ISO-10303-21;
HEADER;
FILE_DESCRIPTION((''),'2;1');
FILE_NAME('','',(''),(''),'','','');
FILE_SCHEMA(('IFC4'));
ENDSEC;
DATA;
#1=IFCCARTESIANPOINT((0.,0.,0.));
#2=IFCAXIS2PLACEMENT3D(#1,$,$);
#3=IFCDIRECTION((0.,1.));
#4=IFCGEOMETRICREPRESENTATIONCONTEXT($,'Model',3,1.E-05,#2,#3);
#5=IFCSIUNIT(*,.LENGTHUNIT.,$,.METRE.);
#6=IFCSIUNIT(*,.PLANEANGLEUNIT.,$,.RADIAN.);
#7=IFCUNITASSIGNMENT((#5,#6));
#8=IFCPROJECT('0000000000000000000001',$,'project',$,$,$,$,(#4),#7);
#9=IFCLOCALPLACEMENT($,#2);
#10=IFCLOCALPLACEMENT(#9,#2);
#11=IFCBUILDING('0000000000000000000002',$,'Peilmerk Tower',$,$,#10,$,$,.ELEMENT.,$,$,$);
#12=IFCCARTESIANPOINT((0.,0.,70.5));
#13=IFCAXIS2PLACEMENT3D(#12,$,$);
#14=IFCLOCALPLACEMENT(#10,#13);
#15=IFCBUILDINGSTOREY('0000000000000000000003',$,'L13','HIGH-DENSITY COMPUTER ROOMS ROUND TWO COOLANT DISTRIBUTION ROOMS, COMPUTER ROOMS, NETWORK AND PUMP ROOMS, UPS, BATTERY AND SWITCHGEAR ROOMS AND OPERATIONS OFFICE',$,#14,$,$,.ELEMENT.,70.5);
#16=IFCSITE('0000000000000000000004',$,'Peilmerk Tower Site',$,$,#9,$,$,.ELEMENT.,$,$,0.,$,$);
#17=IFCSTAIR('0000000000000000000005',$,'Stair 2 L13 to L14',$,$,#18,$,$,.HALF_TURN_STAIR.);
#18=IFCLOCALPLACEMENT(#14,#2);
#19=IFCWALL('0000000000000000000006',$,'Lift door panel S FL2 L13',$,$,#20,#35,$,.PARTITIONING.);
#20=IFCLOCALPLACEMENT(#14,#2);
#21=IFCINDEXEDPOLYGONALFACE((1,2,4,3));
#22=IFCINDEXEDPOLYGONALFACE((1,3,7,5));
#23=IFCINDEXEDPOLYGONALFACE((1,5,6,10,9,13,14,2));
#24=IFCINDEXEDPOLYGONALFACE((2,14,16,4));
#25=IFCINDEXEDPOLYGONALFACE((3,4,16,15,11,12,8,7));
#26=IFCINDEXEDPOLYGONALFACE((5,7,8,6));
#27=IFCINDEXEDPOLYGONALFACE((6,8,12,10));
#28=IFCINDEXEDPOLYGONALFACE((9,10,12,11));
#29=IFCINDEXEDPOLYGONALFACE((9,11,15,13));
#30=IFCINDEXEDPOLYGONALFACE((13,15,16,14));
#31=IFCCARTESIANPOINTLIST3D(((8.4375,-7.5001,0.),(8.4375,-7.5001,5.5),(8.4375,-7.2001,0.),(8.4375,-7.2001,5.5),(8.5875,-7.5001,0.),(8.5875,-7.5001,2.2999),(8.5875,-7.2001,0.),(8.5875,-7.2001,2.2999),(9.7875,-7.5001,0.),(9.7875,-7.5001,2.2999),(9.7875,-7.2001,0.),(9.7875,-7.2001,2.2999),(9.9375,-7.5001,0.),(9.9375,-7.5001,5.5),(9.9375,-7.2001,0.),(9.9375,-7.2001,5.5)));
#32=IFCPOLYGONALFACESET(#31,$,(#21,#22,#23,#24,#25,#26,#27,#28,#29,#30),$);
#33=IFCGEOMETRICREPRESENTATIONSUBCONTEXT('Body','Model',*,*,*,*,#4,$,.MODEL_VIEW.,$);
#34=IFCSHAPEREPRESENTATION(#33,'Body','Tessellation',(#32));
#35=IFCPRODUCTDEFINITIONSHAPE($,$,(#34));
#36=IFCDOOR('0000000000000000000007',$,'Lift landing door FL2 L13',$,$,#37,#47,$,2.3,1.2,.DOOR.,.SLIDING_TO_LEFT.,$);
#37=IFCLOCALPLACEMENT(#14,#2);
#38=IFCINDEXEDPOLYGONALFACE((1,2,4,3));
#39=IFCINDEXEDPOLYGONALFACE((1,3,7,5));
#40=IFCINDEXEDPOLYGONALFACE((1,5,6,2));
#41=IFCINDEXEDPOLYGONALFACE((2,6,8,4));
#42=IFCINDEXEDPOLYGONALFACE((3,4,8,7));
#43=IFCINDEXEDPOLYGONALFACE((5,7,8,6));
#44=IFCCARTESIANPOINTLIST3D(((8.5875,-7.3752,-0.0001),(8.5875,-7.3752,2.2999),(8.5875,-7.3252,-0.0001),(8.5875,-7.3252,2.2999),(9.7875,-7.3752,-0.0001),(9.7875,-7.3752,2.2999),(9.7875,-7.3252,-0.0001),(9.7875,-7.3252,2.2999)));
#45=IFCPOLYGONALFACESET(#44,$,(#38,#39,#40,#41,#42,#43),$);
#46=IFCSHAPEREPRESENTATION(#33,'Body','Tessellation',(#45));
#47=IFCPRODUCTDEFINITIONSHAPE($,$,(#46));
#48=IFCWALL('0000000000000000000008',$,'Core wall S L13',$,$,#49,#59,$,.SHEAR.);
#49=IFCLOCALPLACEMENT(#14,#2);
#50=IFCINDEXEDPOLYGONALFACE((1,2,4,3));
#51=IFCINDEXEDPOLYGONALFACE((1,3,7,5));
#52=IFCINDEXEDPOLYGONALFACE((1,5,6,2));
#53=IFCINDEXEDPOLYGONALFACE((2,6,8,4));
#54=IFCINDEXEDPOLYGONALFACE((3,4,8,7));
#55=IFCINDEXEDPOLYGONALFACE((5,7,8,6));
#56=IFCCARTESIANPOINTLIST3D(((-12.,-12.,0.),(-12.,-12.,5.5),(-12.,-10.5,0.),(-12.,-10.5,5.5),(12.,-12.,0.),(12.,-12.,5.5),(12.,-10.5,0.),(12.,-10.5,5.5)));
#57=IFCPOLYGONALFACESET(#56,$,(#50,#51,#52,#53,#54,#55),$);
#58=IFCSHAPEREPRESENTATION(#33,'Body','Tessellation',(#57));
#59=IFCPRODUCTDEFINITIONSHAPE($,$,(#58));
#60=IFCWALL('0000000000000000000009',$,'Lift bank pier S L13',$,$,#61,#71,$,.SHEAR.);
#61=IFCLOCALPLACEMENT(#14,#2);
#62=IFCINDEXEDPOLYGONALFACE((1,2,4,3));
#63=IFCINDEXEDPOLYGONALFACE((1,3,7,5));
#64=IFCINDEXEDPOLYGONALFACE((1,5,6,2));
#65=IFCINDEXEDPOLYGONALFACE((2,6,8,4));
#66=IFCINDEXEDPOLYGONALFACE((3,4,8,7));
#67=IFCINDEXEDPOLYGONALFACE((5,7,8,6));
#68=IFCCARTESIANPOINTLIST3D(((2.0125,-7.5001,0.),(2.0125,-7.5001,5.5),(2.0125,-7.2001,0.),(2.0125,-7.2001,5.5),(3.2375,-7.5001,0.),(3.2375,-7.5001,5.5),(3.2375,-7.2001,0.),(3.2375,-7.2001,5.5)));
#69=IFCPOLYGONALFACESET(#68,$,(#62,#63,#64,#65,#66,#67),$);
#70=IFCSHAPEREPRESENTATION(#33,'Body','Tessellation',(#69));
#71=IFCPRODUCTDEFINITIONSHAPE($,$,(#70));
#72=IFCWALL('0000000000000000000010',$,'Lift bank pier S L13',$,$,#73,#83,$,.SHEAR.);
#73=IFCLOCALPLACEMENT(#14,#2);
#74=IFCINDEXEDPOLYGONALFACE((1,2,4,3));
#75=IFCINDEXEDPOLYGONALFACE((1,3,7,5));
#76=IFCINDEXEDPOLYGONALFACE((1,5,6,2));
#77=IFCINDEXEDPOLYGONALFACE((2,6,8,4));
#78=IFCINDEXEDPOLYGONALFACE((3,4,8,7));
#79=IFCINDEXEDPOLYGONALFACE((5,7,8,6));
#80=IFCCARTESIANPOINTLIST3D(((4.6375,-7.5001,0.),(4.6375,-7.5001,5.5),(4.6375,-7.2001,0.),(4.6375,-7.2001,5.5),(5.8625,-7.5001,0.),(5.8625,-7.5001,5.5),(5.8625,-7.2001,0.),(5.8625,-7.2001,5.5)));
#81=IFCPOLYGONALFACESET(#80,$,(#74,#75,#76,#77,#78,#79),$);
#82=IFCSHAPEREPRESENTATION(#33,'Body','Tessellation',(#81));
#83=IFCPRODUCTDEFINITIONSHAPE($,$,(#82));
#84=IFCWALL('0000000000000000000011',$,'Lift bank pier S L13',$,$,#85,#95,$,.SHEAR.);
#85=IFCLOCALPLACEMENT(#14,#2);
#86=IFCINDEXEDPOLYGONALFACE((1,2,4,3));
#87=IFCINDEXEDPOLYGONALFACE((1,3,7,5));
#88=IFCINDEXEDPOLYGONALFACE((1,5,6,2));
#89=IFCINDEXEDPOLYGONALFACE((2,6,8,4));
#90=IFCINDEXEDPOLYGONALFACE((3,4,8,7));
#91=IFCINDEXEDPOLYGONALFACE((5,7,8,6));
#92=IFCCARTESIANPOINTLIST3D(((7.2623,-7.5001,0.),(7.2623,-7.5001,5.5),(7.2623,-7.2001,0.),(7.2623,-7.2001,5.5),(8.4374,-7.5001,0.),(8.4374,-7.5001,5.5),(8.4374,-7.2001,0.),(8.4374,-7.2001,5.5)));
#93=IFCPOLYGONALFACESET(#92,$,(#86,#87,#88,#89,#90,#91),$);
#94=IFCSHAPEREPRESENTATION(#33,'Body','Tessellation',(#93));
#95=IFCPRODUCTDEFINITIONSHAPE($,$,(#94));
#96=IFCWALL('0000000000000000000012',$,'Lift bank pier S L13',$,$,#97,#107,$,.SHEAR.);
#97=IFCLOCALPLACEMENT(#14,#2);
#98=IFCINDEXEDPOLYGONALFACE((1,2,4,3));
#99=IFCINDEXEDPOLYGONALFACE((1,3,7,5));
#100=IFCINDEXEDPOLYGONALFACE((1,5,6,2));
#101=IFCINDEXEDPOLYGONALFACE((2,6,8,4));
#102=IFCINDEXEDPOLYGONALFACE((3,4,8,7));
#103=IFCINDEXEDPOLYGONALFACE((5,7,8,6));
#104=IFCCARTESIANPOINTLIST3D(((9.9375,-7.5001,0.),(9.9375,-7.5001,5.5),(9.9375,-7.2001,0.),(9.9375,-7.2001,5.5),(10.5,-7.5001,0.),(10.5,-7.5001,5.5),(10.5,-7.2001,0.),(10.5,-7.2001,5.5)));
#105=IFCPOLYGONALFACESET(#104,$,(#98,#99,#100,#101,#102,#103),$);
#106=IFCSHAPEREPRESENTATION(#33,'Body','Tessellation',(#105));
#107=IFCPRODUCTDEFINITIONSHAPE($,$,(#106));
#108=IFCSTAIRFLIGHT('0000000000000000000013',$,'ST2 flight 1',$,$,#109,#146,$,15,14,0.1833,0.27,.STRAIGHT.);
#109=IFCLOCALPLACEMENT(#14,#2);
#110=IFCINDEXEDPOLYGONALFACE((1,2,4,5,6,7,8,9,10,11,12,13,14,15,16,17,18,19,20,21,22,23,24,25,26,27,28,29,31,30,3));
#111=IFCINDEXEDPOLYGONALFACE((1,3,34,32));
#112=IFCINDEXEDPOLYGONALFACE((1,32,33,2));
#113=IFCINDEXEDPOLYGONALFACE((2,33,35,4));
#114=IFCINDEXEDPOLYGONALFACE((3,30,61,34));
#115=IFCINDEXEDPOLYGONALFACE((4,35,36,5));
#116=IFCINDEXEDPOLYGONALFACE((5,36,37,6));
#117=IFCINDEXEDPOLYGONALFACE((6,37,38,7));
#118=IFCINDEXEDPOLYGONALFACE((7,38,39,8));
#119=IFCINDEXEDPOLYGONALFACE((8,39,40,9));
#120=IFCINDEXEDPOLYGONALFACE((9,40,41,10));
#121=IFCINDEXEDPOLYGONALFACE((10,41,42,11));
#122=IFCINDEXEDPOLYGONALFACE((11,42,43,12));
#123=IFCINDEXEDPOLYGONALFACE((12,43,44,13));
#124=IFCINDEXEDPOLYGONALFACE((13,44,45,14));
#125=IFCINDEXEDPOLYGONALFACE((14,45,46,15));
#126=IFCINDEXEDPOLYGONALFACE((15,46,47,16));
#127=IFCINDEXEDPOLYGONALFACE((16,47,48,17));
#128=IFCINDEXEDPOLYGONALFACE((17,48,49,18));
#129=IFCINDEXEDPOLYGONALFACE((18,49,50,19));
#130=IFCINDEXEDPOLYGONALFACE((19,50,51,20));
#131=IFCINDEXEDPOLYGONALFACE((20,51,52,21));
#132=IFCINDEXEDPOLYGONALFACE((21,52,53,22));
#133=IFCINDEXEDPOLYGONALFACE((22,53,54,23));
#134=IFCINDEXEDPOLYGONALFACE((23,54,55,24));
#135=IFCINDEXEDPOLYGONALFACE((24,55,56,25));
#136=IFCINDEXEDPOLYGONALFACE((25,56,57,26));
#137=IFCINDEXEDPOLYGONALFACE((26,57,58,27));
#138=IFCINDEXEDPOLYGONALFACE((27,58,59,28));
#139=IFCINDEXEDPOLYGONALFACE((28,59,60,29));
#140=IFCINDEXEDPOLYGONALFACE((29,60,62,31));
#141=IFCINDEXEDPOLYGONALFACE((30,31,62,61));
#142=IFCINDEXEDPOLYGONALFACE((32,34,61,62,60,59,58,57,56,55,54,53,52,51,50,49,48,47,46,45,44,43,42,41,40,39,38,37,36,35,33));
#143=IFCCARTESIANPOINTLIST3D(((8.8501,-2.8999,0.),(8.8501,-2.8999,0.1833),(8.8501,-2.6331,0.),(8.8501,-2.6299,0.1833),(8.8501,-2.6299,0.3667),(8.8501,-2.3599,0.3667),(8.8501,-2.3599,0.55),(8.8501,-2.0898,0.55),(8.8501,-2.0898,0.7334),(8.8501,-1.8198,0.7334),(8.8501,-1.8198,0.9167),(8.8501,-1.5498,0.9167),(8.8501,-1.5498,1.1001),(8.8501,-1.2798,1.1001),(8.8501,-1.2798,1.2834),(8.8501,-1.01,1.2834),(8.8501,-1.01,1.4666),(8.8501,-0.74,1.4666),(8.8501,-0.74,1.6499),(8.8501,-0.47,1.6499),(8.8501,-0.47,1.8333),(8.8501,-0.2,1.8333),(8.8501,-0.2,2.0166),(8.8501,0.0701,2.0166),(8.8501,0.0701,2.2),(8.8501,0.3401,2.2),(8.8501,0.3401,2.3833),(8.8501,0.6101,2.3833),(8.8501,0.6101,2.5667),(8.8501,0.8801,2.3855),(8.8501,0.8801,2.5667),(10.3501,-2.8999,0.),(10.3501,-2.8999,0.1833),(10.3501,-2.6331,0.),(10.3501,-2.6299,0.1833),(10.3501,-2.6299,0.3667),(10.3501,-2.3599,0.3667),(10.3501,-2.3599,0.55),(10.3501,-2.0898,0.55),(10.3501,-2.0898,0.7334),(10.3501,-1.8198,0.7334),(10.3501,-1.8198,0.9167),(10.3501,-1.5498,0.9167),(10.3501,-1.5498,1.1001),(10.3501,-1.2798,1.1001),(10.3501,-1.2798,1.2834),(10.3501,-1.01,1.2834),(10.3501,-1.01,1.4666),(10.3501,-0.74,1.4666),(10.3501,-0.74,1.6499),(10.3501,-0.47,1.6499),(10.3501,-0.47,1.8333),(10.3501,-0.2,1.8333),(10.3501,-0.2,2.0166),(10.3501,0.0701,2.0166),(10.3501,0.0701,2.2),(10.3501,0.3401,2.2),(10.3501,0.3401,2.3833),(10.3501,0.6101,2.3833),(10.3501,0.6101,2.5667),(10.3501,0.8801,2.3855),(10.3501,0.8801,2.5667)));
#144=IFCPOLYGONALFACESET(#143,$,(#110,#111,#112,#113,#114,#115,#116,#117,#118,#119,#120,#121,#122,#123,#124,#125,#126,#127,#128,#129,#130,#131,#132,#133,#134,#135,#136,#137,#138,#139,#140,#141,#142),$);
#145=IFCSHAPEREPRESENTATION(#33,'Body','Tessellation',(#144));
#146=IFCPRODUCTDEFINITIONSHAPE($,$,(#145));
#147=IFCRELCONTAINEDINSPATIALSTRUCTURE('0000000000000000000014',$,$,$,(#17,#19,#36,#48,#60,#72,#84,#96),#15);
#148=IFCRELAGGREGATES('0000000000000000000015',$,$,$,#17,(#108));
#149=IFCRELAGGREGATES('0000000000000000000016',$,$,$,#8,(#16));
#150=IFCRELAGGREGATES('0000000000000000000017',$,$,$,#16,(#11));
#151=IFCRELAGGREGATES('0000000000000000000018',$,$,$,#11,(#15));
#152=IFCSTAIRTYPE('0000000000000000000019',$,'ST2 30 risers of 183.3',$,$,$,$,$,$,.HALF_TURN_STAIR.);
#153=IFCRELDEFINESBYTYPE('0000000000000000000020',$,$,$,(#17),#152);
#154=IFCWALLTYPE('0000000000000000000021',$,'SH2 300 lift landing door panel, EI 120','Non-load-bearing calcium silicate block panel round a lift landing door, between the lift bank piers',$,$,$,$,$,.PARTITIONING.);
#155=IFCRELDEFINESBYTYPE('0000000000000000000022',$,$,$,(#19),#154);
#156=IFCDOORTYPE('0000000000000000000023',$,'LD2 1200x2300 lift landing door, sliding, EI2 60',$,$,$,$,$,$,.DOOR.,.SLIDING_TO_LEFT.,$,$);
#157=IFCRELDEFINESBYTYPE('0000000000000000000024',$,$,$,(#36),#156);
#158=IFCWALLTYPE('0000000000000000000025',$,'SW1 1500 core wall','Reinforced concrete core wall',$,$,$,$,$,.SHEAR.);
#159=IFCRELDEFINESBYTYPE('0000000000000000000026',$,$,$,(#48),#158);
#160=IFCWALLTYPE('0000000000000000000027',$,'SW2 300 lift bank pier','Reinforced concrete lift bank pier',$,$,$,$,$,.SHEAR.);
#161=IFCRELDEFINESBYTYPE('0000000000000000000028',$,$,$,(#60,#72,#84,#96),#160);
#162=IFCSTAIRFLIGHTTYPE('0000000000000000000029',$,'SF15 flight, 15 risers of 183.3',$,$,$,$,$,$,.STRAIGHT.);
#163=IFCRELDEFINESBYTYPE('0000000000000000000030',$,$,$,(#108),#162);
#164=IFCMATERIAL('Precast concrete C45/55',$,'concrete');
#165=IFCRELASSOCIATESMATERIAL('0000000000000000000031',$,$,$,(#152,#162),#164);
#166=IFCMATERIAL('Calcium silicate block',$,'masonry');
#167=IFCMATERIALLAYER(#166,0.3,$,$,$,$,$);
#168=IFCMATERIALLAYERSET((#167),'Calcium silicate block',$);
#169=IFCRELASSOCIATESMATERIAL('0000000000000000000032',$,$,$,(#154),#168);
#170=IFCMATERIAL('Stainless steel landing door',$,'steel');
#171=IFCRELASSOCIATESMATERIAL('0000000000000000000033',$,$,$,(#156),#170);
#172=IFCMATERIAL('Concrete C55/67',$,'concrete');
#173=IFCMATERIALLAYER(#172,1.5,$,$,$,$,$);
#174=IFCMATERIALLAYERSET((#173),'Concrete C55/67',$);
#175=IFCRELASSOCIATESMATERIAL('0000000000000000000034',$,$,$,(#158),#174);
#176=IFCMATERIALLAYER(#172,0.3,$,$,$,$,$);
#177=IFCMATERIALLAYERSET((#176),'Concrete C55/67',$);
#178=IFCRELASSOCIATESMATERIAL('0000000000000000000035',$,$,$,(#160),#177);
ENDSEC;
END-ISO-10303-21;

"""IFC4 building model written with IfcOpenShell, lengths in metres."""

from ifc_helpers import new_model, si_unit, direction, frame, frame_2d, origin, place, context, subcontext, project, spatial, polyline, rectangle, outline, extrude, material, layer, layer_set, type_object, element, fill, aggregate, save


model = new_model("IFC4")

# Units and contexts
model_context = context("Model", 3, precision=1e-05, world=origin(), true_north=direction((0.0, 1.0)))
body_context = subcontext(model_context, "Body", "Model", "MODEL_VIEW")
ifc_project = project(units=[si_unit("LENGTHUNIT", "METRE"), si_unit("PLANEANGLEUNIT", "RADIAN")], contexts=[model_context])

# Site, building, storey
site_placement = place(None, origin())
site = spatial("IfcSite", under=ifc_project, at=site_placement, Name="Peilmerk Tower Site", CompositionType="ELEMENT", RefElevation=0.0)
building_placement = place(site_placement, origin())
building = spatial("IfcBuilding", under=site, at=building_placement, Name="Peilmerk Tower", CompositionType="ELEMENT")
storey_placement = place(building_placement, frame((0.0, 0.0, 70.5)))
storey = spatial("IfcBuildingStorey", under=building, at=storey_placement, Name="L13", Description="HIGH-DENSITY COMPUTER ROOMS ROUND TWO COOLANT DISTRIBUTION ROOMS, COMPUTER ROOMS, NETWORK AND PUMP ROOMS, UPS, BATTERY AND SWITCHGEAR ROOMS AND OPERATIONS OFFICE", CompositionType="ELEMENT", Elevation=70.5)

# Stair
ifc_material_1 = material(Name="Precast concrete C45/55", Category="concrete")
stair_type_1 = type_object("IfcStairType", Name="ST2 30 risers of 183.3", PredefinedType="HALF_TURN_STAIR", material=ifc_material_1)
stair_1_placement = place(storey_placement, origin())
stair_1 = element("IfcStair", 1, at=stair_1_placement, inside=storey, type_object=stair_type_1, Name="Stair 2 L13 to L14", PredefinedType="HALF_TURN_STAIR")

# Shared definitions
ifc_material_2 = material(Name="Calcium silicate block", Category="masonry")
ifc_layer_1 = layer(ifc_material_2, 0.3)
ifc_layer_set_1 = layer_set([ifc_layer_1], Name="Calcium silicate block")
wall_type_1 = type_object("IfcWallType", Name="SH2 300 lift landing door panel, EI 120", Description="Non-load-bearing calcium silicate block panel round a lift landing door, between the lift bank piers", PredefinedType="PARTITIONING", material=ifc_layer_set_1)

# Wall, opening, door
wall_1_placement = place(storey_placement, frame((8.4375, -7.3501, 0.0), z_axis=(0.0, 0.0, 1.0), x_axis=(1.0, 0.0, 0.0)))
wall_1 = element("IfcWall", 2, at=wall_1_placement, inside=storey, type_object=wall_type_1, Name="Lift door panel S FL2 L13", PredefinedType="PARTITIONING", context=body_context, shape_type="SweptSolid", body=[
    extrude(rectangle(XDim=1.5, YDim=0.3, at=frame_2d((0.75, 0.0))), origin(), (0.0, 0.0, 1.0), 5.5),
])
opening_1_placement = place(wall_1_placement, frame((0.1499, 0.0, 0.0)))
opening_1 = element("IfcOpeningElement", 3, at=opening_1_placement, cuts=wall_1, PredefinedType="OPENING", context=body_context, shape_type="SweptSolid", body=[
    extrude(rectangle(XDim=1.2, YDim=2.3, at=frame_2d((0.6001, 1.1499))), frame((0.0, 0.1599, 0.0), z_axis=(0.0, -1.0, 0.0), x_axis=(1.0, 0.0, 0.0)), (0.0, 0.0, 1.0), 0.3201),
])
ifc_material_3 = material(Name="Stainless steel landing door", Category="steel")
door_type_1 = type_object("IfcDoorType", Name="LD2 1200x2300 lift landing door, sliding, EI2 60", OperationType="SLIDING_TO_LEFT", PredefinedType="DOOR", material=ifc_material_3)
door_1_placement = place(opening_1_placement, origin())
door_1 = element("IfcDoor", 4, at=door_1_placement, inside=storey, type_object=door_type_1, Name="Lift landing door FL2 L13", OperationType="SLIDING_TO_LEFT", OverallHeight=2.3, OverallWidth=1.2, PredefinedType="DOOR", context=body_context, shape_type="SweptSolid", body=[
    extrude(rectangle(XDim=1.2, YDim=2.3, at=frame_2d((0.6001, 1.1499))), frame((0.0, 0.0249, 0.0), z_axis=(0.0, -1.0, 0.0), x_axis=(1.0, 0.0, 0.0)), (0.0, 0.0, 1.0), 0.05),
])
fill(opening_1, door_1)

# Walls
ifc_material_4 = material(Name="Concrete C55/67", Category="concrete")
ifc_layer_2 = layer(ifc_material_4, 1.5)
ifc_layer_set_2 = layer_set([ifc_layer_2], Name="Concrete C55/67")
wall_type_2 = type_object("IfcWallType", Name="SW1 1500 core wall", Description="Reinforced concrete core wall", PredefinedType="SHEAR", material=ifc_layer_set_2)
wall_2_placement = place(storey_placement, frame((12.0, -11.25, 0.0), z_axis=(0.0, 0.0, 1.0), x_axis=(-1.0, 0.0, 0.0)))
element("IfcWall", 5, at=wall_2_placement, inside=storey, type_object=wall_type_2, Name="Core wall S L13", PredefinedType="SHEAR", context=body_context, shape_type="SweptSolid", body=[
    extrude(rectangle(XDim=24.0, YDim=1.5, at=frame_2d((12.0, 0.0))), origin(), (0.0, 0.0, 1.0), 5.5),
])
ifc_layer_3 = layer(ifc_material_4, 0.3)
ifc_layer_set_3 = layer_set([ifc_layer_3], Name="Concrete C55/67")
wall_type_3 = type_object("IfcWallType", Name="SW2 300 lift bank pier", Description="Reinforced concrete lift bank pier", PredefinedType="SHEAR", material=ifc_layer_set_3)
for number, where, z_axis, x_axis, name in (
    (6, (2.0125, -7.3501, 0.0), (0.0, 0.0, 1.0), (1.0, 0.0, 0.0), "Lift bank pier S L13"),
    (7, (4.6375, -7.3501, 0.0), (0.0, 0.0, 1.0), (1.0, 0.0, 0.0), "Lift bank pier S L13"),
):
    element("IfcWall", number, at=place(storey_placement, frame(where, z_axis=z_axis, x_axis=x_axis)), inside=storey, type_object=wall_type_3, Name=name, PredefinedType="SHEAR", context=body_context, shape_type="SweptSolid", body=[
        extrude(rectangle(XDim=1.2251, YDim=0.3, at=frame_2d((0.6125, 0.0))), origin(), (0.0, 0.0, 1.0), 5.5),
    ])
wall_3_placement = place(storey_placement, frame((7.2625, -7.3501, 0.0), z_axis=(0.0, 0.0, 1.0), x_axis=(1.0, 0.0, 0.0)))
element("IfcWall", 8, at=wall_3_placement, inside=storey, type_object=wall_type_3, Name="Lift bank pier S L13", PredefinedType="SHEAR", context=body_context, shape_type="SweptSolid", body=[
    extrude(rectangle(XDim=1.175, YDim=0.3, at=frame_2d((0.5874, 0.0))), origin(), (0.0, 0.0, 1.0), 5.5),
])
wall_4_placement = place(storey_placement, frame((9.9375, -7.3501, 0.0), z_axis=(0.0, 0.0, 1.0), x_axis=(1.0, 0.0, 0.0)))
element("IfcWall", 9, at=wall_4_placement, inside=storey, type_object=wall_type_3, Name="Lift bank pier S L13", PredefinedType="SHEAR", context=body_context, shape_type="SweptSolid", body=[
    extrude(rectangle(XDim=0.5625, YDim=0.3, at=frame_2d((0.2812, 0.0))), origin(), (0.0, 0.0, 1.0), 5.5),
])

# Stair flight
stair_flight_type = type_object("IfcStairFlightType", Name="SF15 flight, 15 risers of 183.3", PredefinedType="STRAIGHT", material=ifc_material_1)
stair_flight_placement = place(storey_placement, frame((9.6001, -2.8999, 0.0), z_axis=(0.0, 0.0, 1.0), x_axis=(0.0, 1.0, 0.0)))
stair_flight = element("IfcStairFlight", 10, at=stair_flight_placement, type_object=stair_flight_type, Name="ST2 flight 1", NumberOfRisers=15, NumberOfTreads=14, PredefinedType="STRAIGHT", RiserHeight=0.1833, TreadLength=0.27, context=body_context, shape_type="SweptSolid", body=[
    extrude(outline(polyline([(0.0, 0.0), (0.0, 0.1833), (0.27, 0.1833), (0.27, 0.3667), (0.54, 0.3667), (0.54, 0.55), (0.8101, 0.55), (0.8101, 0.7334), (1.0801, 0.7334), (1.0801, 0.9167), (1.3501, 0.9167), (1.3501, 1.1001), (1.6201, 1.1001), (1.6201, 1.2834), (1.8899, 1.2834), (1.8899, 1.4666), (2.1599, 1.4666), (2.1599, 1.6499), (2.4299, 1.6499), (2.4299, 1.8333), (2.7, 1.8333), (2.7, 2.0166), (2.97, 2.0166), (2.97, 2.2), (3.24, 2.2), (3.24, 2.3833), (3.51, 2.3833), (3.51, 2.5667), (3.78, 2.5667), (3.78, 2.75), (3.78, 2.3855), (0.2668, 0.0), (0.0, 0.0)])), frame((0.0, 0.75, 0.0), z_axis=(0.0, -1.0, 0.0), x_axis=(1.0, 0.0, 0.0)), (0.0, 0.0, 1.0), 1.5),
])
aggregate(stair_1, [stair_flight])

save(model, "model.ifc")
